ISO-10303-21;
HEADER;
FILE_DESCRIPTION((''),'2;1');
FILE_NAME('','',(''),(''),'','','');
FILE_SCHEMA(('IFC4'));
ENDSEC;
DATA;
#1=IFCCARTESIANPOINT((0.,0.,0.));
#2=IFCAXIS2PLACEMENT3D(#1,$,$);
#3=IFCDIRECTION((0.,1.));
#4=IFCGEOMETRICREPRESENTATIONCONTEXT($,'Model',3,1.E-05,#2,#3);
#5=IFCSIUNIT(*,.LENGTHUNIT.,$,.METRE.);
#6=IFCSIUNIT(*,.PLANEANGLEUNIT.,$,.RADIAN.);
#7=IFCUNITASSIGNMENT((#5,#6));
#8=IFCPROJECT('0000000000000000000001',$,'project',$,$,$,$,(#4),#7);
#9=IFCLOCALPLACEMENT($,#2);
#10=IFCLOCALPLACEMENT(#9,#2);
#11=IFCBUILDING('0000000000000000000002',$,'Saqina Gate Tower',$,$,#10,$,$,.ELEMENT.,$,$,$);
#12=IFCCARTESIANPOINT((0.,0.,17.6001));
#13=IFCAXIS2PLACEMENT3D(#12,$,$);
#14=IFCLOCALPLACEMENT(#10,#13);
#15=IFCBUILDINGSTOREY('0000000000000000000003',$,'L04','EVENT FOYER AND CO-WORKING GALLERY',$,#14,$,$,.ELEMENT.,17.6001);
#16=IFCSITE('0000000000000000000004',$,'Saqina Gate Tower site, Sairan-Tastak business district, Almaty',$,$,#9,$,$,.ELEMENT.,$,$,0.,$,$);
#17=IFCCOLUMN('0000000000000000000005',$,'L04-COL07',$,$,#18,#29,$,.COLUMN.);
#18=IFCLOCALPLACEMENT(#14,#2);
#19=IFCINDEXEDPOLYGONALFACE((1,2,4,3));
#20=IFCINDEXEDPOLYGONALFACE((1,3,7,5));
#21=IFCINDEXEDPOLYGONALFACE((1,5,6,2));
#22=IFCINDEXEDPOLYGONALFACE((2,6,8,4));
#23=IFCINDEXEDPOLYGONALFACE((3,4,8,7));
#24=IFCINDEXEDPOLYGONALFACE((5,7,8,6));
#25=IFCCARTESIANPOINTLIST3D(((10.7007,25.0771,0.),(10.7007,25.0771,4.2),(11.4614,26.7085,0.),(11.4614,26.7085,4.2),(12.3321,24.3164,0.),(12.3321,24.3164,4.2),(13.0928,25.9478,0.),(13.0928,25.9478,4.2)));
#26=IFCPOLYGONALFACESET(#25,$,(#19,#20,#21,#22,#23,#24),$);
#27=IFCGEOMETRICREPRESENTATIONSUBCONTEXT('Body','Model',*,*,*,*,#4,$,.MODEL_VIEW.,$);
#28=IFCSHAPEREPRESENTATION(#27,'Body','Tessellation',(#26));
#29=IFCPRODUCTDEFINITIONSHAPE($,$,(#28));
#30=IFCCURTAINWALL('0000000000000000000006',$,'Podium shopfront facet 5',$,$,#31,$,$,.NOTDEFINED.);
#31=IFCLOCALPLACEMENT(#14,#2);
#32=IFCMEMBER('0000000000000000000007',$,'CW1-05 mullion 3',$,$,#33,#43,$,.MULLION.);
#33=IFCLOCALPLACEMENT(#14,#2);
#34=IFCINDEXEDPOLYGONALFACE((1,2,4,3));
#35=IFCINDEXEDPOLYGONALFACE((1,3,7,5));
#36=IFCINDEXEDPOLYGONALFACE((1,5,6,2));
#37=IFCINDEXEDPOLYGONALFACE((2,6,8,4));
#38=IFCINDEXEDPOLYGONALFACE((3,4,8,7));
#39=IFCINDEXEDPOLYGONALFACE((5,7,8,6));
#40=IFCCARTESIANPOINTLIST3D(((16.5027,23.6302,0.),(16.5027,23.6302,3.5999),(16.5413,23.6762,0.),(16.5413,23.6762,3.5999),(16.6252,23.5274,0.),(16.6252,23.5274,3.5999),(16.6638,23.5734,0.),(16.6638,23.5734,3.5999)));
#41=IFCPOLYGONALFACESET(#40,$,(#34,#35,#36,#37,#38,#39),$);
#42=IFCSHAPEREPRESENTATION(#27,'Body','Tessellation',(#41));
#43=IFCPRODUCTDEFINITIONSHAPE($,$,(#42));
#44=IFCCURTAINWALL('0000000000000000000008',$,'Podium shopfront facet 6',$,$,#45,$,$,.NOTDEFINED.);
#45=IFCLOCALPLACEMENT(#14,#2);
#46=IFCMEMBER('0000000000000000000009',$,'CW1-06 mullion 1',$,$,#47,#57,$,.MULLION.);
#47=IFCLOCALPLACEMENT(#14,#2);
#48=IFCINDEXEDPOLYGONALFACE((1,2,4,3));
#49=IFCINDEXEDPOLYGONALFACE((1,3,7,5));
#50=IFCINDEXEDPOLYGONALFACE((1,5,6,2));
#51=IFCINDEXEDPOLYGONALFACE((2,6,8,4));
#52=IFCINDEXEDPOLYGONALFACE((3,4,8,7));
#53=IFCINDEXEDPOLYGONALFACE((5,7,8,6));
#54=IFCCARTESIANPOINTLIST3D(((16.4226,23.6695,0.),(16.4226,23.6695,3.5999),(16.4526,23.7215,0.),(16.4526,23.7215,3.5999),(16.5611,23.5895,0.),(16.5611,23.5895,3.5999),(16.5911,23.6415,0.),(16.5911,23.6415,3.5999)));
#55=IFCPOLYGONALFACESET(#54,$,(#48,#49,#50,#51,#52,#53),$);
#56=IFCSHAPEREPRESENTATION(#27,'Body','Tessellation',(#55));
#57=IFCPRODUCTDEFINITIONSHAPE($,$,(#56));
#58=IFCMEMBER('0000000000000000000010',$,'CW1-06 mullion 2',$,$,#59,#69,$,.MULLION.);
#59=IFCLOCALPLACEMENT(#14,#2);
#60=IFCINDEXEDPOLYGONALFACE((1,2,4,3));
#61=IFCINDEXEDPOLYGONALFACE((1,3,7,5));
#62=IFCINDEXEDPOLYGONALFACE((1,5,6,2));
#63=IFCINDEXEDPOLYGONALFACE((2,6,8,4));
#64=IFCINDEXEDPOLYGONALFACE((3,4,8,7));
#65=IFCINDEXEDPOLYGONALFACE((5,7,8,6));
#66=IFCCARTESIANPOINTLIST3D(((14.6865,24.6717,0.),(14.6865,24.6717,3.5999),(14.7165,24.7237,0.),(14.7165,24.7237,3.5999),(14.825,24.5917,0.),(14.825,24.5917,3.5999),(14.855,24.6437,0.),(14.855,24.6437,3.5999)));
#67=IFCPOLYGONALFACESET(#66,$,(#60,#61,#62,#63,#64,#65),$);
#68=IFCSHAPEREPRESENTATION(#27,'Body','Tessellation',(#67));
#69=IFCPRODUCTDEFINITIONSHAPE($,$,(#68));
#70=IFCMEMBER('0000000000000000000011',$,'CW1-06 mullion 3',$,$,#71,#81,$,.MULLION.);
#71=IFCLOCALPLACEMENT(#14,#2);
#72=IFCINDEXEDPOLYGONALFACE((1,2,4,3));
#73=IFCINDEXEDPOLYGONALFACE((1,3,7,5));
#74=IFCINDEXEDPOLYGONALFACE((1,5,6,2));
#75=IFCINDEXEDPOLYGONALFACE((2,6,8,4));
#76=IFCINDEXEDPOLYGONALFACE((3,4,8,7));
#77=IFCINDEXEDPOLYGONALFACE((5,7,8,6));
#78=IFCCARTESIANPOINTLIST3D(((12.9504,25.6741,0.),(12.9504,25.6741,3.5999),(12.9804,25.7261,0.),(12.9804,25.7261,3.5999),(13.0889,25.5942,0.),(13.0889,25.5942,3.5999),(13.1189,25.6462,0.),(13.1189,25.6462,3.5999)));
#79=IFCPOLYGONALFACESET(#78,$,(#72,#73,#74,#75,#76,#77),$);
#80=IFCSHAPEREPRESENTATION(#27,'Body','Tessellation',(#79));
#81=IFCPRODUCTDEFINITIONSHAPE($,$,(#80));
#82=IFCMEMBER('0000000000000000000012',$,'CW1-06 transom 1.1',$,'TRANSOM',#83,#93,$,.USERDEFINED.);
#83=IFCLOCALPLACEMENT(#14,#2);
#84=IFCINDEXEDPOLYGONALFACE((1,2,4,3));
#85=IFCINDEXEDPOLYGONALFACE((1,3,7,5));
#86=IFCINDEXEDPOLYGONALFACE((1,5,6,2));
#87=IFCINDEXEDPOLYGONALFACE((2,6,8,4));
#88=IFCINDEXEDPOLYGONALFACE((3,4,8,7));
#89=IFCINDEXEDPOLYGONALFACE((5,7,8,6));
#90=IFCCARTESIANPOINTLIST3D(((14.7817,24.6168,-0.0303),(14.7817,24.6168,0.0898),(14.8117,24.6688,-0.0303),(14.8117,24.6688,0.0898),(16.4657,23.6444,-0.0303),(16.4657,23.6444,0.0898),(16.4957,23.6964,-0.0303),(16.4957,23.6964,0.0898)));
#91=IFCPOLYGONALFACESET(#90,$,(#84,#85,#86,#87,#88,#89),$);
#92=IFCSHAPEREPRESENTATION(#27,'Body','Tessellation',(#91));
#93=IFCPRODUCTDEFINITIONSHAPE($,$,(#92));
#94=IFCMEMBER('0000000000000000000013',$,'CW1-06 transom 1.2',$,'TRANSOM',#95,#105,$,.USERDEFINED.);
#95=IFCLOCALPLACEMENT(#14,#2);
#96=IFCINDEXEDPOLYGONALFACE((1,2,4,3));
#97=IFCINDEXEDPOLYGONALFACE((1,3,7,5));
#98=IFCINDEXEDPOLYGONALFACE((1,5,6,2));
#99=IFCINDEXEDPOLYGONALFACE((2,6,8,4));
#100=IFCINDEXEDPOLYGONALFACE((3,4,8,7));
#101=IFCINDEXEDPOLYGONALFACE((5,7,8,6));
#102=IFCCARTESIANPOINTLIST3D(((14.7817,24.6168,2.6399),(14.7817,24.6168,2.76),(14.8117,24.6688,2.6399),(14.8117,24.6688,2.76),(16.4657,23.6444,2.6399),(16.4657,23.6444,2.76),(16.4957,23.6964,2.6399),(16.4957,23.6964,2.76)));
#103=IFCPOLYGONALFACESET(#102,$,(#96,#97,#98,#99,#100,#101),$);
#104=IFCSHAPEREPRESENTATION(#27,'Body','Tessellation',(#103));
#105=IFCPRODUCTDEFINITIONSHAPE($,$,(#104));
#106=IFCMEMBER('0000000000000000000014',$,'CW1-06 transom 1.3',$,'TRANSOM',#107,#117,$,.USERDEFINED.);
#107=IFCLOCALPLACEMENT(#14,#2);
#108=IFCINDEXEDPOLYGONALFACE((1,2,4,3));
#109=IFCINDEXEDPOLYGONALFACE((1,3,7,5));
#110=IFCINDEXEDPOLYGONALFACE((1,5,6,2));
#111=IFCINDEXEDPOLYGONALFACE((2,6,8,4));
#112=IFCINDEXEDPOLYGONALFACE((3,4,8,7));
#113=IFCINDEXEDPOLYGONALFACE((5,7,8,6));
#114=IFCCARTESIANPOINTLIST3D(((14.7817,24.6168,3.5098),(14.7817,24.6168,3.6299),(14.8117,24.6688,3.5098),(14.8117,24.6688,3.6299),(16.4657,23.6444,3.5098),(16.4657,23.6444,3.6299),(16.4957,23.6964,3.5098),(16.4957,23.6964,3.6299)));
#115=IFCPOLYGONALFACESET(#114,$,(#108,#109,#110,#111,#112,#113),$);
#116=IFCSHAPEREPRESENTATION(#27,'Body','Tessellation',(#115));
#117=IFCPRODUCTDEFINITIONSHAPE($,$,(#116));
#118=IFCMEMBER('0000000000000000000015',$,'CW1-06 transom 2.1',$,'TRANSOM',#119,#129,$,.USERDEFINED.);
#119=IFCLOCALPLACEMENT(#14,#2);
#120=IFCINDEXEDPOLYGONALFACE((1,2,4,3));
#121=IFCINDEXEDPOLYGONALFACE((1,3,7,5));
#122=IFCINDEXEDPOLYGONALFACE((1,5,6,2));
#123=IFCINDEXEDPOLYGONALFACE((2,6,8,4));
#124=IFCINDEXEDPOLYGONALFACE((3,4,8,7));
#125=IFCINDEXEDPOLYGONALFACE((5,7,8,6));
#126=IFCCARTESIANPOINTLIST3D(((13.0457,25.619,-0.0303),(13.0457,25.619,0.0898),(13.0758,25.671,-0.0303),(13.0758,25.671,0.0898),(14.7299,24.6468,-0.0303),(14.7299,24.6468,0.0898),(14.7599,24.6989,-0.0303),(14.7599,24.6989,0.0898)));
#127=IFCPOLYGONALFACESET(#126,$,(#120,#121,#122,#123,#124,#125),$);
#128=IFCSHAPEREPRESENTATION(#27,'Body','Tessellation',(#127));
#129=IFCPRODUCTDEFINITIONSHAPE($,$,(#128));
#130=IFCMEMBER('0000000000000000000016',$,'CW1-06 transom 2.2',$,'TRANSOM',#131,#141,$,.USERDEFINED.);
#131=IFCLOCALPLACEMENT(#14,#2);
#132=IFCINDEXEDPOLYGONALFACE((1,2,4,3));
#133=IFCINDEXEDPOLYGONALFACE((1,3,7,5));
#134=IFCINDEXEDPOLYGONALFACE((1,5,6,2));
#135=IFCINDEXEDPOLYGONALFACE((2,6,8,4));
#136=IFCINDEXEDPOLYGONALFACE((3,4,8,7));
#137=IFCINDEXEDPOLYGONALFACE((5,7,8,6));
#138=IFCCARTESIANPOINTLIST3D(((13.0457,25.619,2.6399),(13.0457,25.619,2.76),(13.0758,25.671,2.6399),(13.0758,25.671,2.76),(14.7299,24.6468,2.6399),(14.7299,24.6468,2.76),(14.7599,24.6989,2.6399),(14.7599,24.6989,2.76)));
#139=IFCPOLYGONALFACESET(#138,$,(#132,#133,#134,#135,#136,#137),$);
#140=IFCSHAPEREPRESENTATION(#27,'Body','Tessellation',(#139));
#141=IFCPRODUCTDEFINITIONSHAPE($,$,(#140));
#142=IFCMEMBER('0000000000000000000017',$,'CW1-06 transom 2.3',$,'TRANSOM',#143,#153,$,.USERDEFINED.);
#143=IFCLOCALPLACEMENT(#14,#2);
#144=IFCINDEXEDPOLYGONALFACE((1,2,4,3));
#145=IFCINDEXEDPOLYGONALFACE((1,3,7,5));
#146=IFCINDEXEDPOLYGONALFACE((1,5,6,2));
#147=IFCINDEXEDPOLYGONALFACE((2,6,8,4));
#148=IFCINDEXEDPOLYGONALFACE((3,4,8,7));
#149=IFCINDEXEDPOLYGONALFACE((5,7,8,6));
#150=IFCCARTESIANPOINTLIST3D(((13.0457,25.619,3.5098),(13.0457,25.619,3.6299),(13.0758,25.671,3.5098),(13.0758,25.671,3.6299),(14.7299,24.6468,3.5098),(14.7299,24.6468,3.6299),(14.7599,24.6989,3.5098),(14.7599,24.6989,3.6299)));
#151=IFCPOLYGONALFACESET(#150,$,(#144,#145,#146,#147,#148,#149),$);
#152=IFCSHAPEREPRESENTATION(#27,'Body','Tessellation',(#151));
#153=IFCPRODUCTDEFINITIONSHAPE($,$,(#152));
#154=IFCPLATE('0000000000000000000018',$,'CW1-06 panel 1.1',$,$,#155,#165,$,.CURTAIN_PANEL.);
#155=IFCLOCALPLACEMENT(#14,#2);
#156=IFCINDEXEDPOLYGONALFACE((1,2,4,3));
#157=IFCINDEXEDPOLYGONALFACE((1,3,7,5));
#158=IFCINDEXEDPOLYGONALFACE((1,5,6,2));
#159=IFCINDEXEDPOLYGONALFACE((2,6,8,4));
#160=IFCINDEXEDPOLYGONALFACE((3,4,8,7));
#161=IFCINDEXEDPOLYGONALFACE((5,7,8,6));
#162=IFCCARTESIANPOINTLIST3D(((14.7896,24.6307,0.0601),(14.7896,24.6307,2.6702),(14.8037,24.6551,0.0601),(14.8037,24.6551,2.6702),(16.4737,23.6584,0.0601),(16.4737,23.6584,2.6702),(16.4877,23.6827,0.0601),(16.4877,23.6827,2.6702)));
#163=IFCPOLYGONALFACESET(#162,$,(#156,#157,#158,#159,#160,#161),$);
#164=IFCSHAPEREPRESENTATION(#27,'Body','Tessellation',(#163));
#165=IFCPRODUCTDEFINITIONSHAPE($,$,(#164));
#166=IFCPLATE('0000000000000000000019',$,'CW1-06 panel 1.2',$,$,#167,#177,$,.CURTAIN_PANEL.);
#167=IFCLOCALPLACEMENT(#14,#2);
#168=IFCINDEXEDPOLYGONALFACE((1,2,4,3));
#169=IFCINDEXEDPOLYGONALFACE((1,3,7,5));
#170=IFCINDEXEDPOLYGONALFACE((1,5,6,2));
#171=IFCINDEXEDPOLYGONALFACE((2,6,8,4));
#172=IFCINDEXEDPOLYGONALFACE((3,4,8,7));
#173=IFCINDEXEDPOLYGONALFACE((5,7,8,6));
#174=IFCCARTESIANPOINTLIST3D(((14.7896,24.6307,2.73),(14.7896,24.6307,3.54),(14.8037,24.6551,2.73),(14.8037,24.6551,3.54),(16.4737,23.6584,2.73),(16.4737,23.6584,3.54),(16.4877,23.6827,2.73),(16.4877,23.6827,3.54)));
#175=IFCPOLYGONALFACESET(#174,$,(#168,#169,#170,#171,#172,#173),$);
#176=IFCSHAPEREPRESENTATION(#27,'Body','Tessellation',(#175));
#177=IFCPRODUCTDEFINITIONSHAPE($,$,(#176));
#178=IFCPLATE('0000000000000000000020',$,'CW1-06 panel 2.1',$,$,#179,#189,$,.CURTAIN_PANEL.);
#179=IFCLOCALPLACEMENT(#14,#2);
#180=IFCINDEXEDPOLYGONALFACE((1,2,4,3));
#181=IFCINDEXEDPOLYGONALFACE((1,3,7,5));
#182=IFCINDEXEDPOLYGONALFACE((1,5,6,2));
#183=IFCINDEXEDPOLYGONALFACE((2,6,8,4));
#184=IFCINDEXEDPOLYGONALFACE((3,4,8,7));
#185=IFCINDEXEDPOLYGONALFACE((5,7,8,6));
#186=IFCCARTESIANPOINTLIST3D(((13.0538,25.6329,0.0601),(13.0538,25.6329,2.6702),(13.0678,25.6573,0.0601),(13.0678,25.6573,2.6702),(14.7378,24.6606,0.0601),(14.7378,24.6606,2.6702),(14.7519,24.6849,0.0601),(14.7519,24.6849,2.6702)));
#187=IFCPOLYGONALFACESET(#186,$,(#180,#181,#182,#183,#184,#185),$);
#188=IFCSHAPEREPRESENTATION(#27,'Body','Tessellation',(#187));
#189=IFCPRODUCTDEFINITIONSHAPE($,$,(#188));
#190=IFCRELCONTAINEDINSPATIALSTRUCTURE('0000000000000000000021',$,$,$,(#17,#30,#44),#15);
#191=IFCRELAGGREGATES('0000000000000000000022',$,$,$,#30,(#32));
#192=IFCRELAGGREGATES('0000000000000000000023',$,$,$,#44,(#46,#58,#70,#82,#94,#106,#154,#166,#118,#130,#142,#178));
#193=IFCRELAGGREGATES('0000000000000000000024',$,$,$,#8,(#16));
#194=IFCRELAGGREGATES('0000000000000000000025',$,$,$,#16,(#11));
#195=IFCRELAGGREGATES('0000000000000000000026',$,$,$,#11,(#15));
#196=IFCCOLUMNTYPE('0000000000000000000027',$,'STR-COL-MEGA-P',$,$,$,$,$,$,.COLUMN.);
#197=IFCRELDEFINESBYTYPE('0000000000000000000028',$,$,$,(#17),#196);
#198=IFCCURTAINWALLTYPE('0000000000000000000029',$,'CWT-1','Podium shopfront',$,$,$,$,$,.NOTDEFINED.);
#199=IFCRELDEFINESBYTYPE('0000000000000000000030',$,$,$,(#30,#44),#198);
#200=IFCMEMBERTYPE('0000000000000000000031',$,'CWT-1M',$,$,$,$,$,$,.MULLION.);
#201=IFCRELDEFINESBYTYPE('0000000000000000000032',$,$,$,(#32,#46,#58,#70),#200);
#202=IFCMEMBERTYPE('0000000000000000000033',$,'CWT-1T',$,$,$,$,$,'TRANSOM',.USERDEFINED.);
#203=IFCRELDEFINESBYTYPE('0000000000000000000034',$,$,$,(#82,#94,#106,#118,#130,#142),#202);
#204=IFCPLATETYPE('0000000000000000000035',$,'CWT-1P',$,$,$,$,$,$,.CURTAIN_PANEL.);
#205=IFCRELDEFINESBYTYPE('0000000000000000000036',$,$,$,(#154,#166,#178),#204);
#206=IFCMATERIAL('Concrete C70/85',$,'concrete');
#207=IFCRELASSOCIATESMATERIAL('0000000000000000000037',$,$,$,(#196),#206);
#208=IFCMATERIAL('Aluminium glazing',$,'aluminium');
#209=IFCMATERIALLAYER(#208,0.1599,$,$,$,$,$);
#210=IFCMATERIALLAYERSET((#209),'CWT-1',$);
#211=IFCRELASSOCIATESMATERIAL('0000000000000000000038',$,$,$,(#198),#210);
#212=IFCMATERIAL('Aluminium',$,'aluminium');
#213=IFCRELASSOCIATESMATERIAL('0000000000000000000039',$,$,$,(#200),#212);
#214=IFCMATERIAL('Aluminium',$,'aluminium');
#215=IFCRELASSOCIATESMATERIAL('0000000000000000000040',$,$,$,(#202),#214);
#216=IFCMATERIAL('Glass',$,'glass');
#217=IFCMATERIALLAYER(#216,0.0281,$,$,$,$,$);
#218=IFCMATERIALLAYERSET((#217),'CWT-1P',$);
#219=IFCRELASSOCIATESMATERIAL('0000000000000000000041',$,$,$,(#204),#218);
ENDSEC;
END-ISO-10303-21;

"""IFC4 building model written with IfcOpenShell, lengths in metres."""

from ifc_helpers import new_model, si_unit, direction, frame, origin, origin_2d, place, context, subcontext, project, spatial, rectangle, extrude, material, layer, layer_set, material_profile, profile_set, type_object, element, aggregate, save


model = new_model("IFC4")

# Units and contexts
model_context = context("Model", 3, precision=1e-05, world=origin(), true_north=direction((0.0, 1.0)))
body_context = subcontext(model_context, "Body", "Model", "MODEL_VIEW")
ifc_project = project(units=[si_unit("LENGTHUNIT", "METRE"), si_unit("PLANEANGLEUNIT", "RADIAN")], contexts=[model_context])

# Site, building, storey
site_placement = place(None, origin())
site = spatial("IfcSite", under=ifc_project, at=site_placement, Name="Saqina Gate Tower site, Sairan-Tastak business district, Almaty", CompositionType="ELEMENT", RefElevation=0.0)
building_placement = place(site_placement, origin())
building = spatial("IfcBuilding", under=site, at=building_placement, Name="Saqina Gate Tower", CompositionType="ELEMENT")
storey_placement = place(building_placement, frame((0.0, 0.0, 17.6001)))
storey = spatial("IfcBuildingStorey", under=building, at=storey_placement, Name="L04", Description="EVENT FOYER AND CO-WORKING GALLERY", CompositionType="ELEMENT", Elevation=17.6001)

# Column
ifc_material_1 = material(Name="Concrete C70/85", Category="concrete")
ifc_material_profile_1 = material_profile(ifc_material_1, rectangle(XDim=1.8, YDim=1.8, at=origin_2d()), Name="RC 1800x1800")
ifc_profile_set_1 = profile_set([ifc_material_profile_1], Name="Concrete C70/85")
column_type = type_object("IfcColumnType", Name="STR-COL-MEGA-P", PredefinedType="COLUMN", material=ifc_profile_set_1)
column_placement = place(storey_placement, frame((11.8967, 25.5125, 0.0), z_axis=(0.0, 0.0, 1.0), x_axis=(0.422618, 0.906308, 0.0)))
element("IfcColumn", 1, at=column_placement, inside=storey, type_object=column_type, Name="L04-COL07", PredefinedType="COLUMN", context=body_context, shape_type="SweptSolid", body=[
    extrude(rectangle(XDim=1.8, YDim=1.8, at=origin_2d()), origin(), (0.0, 0.0, 1.0), 4.2),
])

# Curtain wall, member
ifc_material_2 = material(Name="Aluminium glazing", Category="aluminium")
ifc_layer_1 = layer(ifc_material_2, 0.1599)
ifc_layer_set_1 = layer_set([ifc_layer_1], Name="CWT-1")
curtain_wall_type = type_object("IfcCurtainWallType", Name="CWT-1", Description="Podium shopfront", PredefinedType="NOTDEFINED", material=ifc_layer_set_1)
curtain_wall_1_placement = place(storey_placement, origin())
curtain_wall_1 = element("IfcCurtainWall", 2, at=curtain_wall_1_placement, inside=storey, type_object=curtain_wall_type, Name="Podium shopfront facet 5", PredefinedType="NOTDEFINED")
ifc_material_3 = material(Name="Aluminium", Category="aluminium")
ifc_material_profile_2 = material_profile(ifc_material_3, rectangle(XDim=0.0601, YDim=0.1599, at=origin_2d()), Name="Aluminium 60x160")
ifc_profile_set_2 = profile_set([ifc_material_profile_2], Name="Aluminium")
member_type_1 = type_object("IfcMemberType", Name="CWT-1M", PredefinedType="MULLION", material=ifc_profile_set_2)
member_1_placement = place(storey_placement, frame((16.5833, 23.6018, 0.0), z_axis=(0.0, 0.0, 1.0), x_axis=(-0.642779, -0.766051, 0.0)))
member_1 = element("IfcMember", 3, at=member_1_placement, type_object=member_type_1, Name="CW1-05 mullion 3", PredefinedType="MULLION", context=body_context, shape_type="SweptSolid", body=[
    extrude(rectangle(XDim=0.0601, YDim=0.1599, at=origin_2d()), origin(), (0.0, 0.0, 1.0), 3.5999),
])
aggregate(curtain_wall_1, [member_1])

# Curtain wall, members
curtain_wall_2_placement = place(storey_placement, origin())
curtain_wall_2 = element("IfcCurtainWall", 4, at=curtain_wall_2_placement, inside=storey, type_object=curtain_wall_type, Name="Podium shopfront facet 6", PredefinedType="NOTDEFINED")
member_2_placement = place(storey_placement, frame((16.5068, 23.6555, 0.0), z_axis=(0.0, 0.0, 1.0), x_axis=(-0.500014, -0.866017, 0.0)))
member_2 = element("IfcMember", 5, at=member_2_placement, type_object=member_type_1, Name="CW1-06 mullion 1", PredefinedType="MULLION", context=body_context, shape_type="SweptSolid", body=[
    extrude(rectangle(XDim=0.0601, YDim=0.1599, at=origin_2d()), origin(), (0.0, 0.0, 1.0), 3.5999),
])
member_3_placement = place(storey_placement, frame((14.7708, 24.6577, 0.0), z_axis=(0.0, 0.0, 1.0), x_axis=(-0.500014, -0.866017, 0.0)))
member_3 = element("IfcMember", 6, at=member_3_placement, type_object=member_type_1, Name="CW1-06 mullion 2", PredefinedType="MULLION", context=body_context, shape_type="SweptSolid", body=[
    extrude(rectangle(XDim=0.0601, YDim=0.1599, at=origin_2d()), origin(), (0.0, 0.0, 1.0), 3.5999),
])
member_4_placement = place(storey_placement, frame((13.0347, 25.6602, 0.0), z_axis=(0.0, 0.0, 1.0), x_axis=(-0.500014, -0.866017, 0.0)))
member_4 = element("IfcMember", 7, at=member_4_placement, type_object=member_type_1, Name="CW1-06 mullion 3", PredefinedType="MULLION", context=body_context, shape_type="SweptSolid", body=[
    extrude(rectangle(XDim=0.0601, YDim=0.1599, at=origin_2d()), origin(), (0.0, 0.0, 1.0), 3.5999),
])
ifc_material_4 = material(Name="Aluminium", Category="aluminium")
ifc_material_profile_3 = material_profile(ifc_material_4, rectangle(XDim=0.0601, YDim=0.1201, at=origin_2d()), Name="Aluminium 60x120")
ifc_profile_set_3 = profile_set([ifc_material_profile_3], Name="Aluminium")
member_type_2 = type_object("IfcMemberType", Name="CWT-1T", ElementType="TRANSOM", PredefinedType="USERDEFINED", material=ifc_profile_set_3)
member_5_placement = place(storey_placement, frame((16.4807, 23.6704, 0.0298), z_axis=(-0.866002, 0.500041, 0.0), x_axis=(-0.500041, -0.866002, 0.0)))
member_5 = element("IfcMember", 8, at=member_5_placement, type_object=member_type_2, Name="CW1-06 transom 1.1", ObjectType="TRANSOM", PredefinedType="USERDEFINED", context=body_context, shape_type="SweptSolid", body=[
    extrude(rectangle(XDim=0.0601, YDim=0.1201, at=origin_2d()), origin(), (0.0, 0.0, 1.0), 1.9446),
])
member_6_placement = place(storey_placement, frame((16.4807, 23.6704, 2.7), z_axis=(-0.866002, 0.500041, 0.0), x_axis=(-0.500041, -0.866002, 0.0)))
member_6 = element("IfcMember", 9, at=member_6_placement, type_object=member_type_2, Name="CW1-06 transom 1.2", ObjectType="TRANSOM", PredefinedType="USERDEFINED", context=body_context, shape_type="SweptSolid", body=[
    extrude(rectangle(XDim=0.0601, YDim=0.1201, at=origin_2d()), origin(), (0.0, 0.0, 1.0), 1.9446),
])
member_7_placement = place(storey_placement, frame((16.4807, 23.6704, 3.5698), z_axis=(-0.866002, 0.500041, 0.0), x_axis=(-0.500041, -0.866002, 0.0)))
member_7 = element("IfcMember", 10, at=member_7_placement, type_object=member_type_2, Name="CW1-06 transom 1.3", ObjectType="TRANSOM", PredefinedType="USERDEFINED", context=body_context, shape_type="SweptSolid", body=[
    extrude(rectangle(XDim=0.0601, YDim=0.1201, at=origin_2d()), origin(), (0.0, 0.0, 1.0), 1.9446),
])
member_8_placement = place(storey_placement, frame((14.7449, 24.6729, 0.0298), z_axis=(-0.866056, 0.499947, 0.0), x_axis=(-0.499947, -0.866056, 0.0)))
member_8 = element("IfcMember", 11, at=member_8_placement, type_object=member_type_2, Name="CW1-06 transom 2.1", ObjectType="TRANSOM", PredefinedType="USERDEFINED", context=body_context, shape_type="SweptSolid", body=[
    extrude(rectangle(XDim=0.0601, YDim=0.1201, at=origin_2d()), origin(), (0.0, 0.0, 1.0), 1.9446),
])
member_9_placement = place(storey_placement, frame((14.7449, 24.6729, 2.7), z_axis=(-0.866056, 0.499947, 0.0), x_axis=(-0.499947, -0.866056, 0.0)))
member_9 = element("IfcMember", 12, at=member_9_placement, type_object=member_type_2, Name="CW1-06 transom 2.2", ObjectType="TRANSOM", PredefinedType="USERDEFINED", context=body_context, shape_type="SweptSolid", body=[
    extrude(rectangle(XDim=0.0601, YDim=0.1201, at=origin_2d()), origin(), (0.0, 0.0, 1.0), 1.9446),
])
member_10_placement = place(storey_placement, frame((14.7449, 24.6729, 3.5698), z_axis=(-0.866056, 0.499947, 0.0), x_axis=(-0.499947, -0.866056, 0.0)))
member_10 = element("IfcMember", 13, at=member_10_placement, type_object=member_type_2, Name="CW1-06 transom 2.3", ObjectType="TRANSOM", PredefinedType="USERDEFINED", context=body_context, shape_type="SweptSolid", body=[
    extrude(rectangle(XDim=0.0601, YDim=0.1201, at=origin_2d()), origin(), (0.0, 0.0, 1.0), 1.9446),
])

# Plates
ifc_material_5 = material(Name="Glass", Category="glass")
ifc_layer_2 = layer(ifc_material_5, 0.0281)
ifc_layer_set_2 = layer_set([ifc_layer_2], Name="CWT-1P")
plate_type = type_object("IfcPlateType", Name="CWT-1P", PredefinedType="CURTAIN_PANEL", material=ifc_layer_set_2)
plate_1_placement = place(storey_placement, frame((15.6387, 24.1567, 0.0601), z_axis=(0.0, 0.0, 1.0), x_axis=(-0.866017, 0.500014, 0.0)))
plate_1 = element("IfcPlate", 14, at=plate_1_placement, type_object=plate_type, Name="CW1-06 panel 1.1", PredefinedType="CURTAIN_PANEL", context=body_context, shape_type="SweptSolid", body=[
    extrude(rectangle(XDim=1.9446, YDim=0.0281, at=origin_2d()), origin(), (0.0, 0.0, 1.0), 2.6101),
])
plate_2_placement = place(storey_placement, frame((15.6387, 24.1567, 2.73), z_axis=(0.0, 0.0, 1.0), x_axis=(-0.866017, 0.500014, 0.0)))
plate_2 = element("IfcPlate", 15, at=plate_2_placement, type_object=plate_type, Name="CW1-06 panel 1.2", PredefinedType="CURTAIN_PANEL", context=body_context, shape_type="SweptSolid", body=[
    extrude(rectangle(XDim=1.9446, YDim=0.0281, at=origin_2d()), origin(), (0.0, 0.0, 1.0), 0.8101),
])
plate_3_placement = place(storey_placement, frame((13.9028, 25.1589, 0.0601), z_axis=(0.0, 0.0, 1.0), x_axis=(-0.866017, 0.500014, 0.0)))
plate_3 = element("IfcPlate", 16, at=plate_3_placement, type_object=plate_type, Name="CW1-06 panel 2.1", PredefinedType="CURTAIN_PANEL", context=body_context, shape_type="SweptSolid", body=[
    extrude(rectangle(XDim=1.9446, YDim=0.0281, at=origin_2d()), origin(), (0.0, 0.0, 1.0), 2.6101),
])
aggregate(curtain_wall_2, [member_2, member_3, member_4, member_5, member_6, member_7, plate_1, plate_2, member_8, member_9, member_10, plate_3])

save(model, "model.ifc")
